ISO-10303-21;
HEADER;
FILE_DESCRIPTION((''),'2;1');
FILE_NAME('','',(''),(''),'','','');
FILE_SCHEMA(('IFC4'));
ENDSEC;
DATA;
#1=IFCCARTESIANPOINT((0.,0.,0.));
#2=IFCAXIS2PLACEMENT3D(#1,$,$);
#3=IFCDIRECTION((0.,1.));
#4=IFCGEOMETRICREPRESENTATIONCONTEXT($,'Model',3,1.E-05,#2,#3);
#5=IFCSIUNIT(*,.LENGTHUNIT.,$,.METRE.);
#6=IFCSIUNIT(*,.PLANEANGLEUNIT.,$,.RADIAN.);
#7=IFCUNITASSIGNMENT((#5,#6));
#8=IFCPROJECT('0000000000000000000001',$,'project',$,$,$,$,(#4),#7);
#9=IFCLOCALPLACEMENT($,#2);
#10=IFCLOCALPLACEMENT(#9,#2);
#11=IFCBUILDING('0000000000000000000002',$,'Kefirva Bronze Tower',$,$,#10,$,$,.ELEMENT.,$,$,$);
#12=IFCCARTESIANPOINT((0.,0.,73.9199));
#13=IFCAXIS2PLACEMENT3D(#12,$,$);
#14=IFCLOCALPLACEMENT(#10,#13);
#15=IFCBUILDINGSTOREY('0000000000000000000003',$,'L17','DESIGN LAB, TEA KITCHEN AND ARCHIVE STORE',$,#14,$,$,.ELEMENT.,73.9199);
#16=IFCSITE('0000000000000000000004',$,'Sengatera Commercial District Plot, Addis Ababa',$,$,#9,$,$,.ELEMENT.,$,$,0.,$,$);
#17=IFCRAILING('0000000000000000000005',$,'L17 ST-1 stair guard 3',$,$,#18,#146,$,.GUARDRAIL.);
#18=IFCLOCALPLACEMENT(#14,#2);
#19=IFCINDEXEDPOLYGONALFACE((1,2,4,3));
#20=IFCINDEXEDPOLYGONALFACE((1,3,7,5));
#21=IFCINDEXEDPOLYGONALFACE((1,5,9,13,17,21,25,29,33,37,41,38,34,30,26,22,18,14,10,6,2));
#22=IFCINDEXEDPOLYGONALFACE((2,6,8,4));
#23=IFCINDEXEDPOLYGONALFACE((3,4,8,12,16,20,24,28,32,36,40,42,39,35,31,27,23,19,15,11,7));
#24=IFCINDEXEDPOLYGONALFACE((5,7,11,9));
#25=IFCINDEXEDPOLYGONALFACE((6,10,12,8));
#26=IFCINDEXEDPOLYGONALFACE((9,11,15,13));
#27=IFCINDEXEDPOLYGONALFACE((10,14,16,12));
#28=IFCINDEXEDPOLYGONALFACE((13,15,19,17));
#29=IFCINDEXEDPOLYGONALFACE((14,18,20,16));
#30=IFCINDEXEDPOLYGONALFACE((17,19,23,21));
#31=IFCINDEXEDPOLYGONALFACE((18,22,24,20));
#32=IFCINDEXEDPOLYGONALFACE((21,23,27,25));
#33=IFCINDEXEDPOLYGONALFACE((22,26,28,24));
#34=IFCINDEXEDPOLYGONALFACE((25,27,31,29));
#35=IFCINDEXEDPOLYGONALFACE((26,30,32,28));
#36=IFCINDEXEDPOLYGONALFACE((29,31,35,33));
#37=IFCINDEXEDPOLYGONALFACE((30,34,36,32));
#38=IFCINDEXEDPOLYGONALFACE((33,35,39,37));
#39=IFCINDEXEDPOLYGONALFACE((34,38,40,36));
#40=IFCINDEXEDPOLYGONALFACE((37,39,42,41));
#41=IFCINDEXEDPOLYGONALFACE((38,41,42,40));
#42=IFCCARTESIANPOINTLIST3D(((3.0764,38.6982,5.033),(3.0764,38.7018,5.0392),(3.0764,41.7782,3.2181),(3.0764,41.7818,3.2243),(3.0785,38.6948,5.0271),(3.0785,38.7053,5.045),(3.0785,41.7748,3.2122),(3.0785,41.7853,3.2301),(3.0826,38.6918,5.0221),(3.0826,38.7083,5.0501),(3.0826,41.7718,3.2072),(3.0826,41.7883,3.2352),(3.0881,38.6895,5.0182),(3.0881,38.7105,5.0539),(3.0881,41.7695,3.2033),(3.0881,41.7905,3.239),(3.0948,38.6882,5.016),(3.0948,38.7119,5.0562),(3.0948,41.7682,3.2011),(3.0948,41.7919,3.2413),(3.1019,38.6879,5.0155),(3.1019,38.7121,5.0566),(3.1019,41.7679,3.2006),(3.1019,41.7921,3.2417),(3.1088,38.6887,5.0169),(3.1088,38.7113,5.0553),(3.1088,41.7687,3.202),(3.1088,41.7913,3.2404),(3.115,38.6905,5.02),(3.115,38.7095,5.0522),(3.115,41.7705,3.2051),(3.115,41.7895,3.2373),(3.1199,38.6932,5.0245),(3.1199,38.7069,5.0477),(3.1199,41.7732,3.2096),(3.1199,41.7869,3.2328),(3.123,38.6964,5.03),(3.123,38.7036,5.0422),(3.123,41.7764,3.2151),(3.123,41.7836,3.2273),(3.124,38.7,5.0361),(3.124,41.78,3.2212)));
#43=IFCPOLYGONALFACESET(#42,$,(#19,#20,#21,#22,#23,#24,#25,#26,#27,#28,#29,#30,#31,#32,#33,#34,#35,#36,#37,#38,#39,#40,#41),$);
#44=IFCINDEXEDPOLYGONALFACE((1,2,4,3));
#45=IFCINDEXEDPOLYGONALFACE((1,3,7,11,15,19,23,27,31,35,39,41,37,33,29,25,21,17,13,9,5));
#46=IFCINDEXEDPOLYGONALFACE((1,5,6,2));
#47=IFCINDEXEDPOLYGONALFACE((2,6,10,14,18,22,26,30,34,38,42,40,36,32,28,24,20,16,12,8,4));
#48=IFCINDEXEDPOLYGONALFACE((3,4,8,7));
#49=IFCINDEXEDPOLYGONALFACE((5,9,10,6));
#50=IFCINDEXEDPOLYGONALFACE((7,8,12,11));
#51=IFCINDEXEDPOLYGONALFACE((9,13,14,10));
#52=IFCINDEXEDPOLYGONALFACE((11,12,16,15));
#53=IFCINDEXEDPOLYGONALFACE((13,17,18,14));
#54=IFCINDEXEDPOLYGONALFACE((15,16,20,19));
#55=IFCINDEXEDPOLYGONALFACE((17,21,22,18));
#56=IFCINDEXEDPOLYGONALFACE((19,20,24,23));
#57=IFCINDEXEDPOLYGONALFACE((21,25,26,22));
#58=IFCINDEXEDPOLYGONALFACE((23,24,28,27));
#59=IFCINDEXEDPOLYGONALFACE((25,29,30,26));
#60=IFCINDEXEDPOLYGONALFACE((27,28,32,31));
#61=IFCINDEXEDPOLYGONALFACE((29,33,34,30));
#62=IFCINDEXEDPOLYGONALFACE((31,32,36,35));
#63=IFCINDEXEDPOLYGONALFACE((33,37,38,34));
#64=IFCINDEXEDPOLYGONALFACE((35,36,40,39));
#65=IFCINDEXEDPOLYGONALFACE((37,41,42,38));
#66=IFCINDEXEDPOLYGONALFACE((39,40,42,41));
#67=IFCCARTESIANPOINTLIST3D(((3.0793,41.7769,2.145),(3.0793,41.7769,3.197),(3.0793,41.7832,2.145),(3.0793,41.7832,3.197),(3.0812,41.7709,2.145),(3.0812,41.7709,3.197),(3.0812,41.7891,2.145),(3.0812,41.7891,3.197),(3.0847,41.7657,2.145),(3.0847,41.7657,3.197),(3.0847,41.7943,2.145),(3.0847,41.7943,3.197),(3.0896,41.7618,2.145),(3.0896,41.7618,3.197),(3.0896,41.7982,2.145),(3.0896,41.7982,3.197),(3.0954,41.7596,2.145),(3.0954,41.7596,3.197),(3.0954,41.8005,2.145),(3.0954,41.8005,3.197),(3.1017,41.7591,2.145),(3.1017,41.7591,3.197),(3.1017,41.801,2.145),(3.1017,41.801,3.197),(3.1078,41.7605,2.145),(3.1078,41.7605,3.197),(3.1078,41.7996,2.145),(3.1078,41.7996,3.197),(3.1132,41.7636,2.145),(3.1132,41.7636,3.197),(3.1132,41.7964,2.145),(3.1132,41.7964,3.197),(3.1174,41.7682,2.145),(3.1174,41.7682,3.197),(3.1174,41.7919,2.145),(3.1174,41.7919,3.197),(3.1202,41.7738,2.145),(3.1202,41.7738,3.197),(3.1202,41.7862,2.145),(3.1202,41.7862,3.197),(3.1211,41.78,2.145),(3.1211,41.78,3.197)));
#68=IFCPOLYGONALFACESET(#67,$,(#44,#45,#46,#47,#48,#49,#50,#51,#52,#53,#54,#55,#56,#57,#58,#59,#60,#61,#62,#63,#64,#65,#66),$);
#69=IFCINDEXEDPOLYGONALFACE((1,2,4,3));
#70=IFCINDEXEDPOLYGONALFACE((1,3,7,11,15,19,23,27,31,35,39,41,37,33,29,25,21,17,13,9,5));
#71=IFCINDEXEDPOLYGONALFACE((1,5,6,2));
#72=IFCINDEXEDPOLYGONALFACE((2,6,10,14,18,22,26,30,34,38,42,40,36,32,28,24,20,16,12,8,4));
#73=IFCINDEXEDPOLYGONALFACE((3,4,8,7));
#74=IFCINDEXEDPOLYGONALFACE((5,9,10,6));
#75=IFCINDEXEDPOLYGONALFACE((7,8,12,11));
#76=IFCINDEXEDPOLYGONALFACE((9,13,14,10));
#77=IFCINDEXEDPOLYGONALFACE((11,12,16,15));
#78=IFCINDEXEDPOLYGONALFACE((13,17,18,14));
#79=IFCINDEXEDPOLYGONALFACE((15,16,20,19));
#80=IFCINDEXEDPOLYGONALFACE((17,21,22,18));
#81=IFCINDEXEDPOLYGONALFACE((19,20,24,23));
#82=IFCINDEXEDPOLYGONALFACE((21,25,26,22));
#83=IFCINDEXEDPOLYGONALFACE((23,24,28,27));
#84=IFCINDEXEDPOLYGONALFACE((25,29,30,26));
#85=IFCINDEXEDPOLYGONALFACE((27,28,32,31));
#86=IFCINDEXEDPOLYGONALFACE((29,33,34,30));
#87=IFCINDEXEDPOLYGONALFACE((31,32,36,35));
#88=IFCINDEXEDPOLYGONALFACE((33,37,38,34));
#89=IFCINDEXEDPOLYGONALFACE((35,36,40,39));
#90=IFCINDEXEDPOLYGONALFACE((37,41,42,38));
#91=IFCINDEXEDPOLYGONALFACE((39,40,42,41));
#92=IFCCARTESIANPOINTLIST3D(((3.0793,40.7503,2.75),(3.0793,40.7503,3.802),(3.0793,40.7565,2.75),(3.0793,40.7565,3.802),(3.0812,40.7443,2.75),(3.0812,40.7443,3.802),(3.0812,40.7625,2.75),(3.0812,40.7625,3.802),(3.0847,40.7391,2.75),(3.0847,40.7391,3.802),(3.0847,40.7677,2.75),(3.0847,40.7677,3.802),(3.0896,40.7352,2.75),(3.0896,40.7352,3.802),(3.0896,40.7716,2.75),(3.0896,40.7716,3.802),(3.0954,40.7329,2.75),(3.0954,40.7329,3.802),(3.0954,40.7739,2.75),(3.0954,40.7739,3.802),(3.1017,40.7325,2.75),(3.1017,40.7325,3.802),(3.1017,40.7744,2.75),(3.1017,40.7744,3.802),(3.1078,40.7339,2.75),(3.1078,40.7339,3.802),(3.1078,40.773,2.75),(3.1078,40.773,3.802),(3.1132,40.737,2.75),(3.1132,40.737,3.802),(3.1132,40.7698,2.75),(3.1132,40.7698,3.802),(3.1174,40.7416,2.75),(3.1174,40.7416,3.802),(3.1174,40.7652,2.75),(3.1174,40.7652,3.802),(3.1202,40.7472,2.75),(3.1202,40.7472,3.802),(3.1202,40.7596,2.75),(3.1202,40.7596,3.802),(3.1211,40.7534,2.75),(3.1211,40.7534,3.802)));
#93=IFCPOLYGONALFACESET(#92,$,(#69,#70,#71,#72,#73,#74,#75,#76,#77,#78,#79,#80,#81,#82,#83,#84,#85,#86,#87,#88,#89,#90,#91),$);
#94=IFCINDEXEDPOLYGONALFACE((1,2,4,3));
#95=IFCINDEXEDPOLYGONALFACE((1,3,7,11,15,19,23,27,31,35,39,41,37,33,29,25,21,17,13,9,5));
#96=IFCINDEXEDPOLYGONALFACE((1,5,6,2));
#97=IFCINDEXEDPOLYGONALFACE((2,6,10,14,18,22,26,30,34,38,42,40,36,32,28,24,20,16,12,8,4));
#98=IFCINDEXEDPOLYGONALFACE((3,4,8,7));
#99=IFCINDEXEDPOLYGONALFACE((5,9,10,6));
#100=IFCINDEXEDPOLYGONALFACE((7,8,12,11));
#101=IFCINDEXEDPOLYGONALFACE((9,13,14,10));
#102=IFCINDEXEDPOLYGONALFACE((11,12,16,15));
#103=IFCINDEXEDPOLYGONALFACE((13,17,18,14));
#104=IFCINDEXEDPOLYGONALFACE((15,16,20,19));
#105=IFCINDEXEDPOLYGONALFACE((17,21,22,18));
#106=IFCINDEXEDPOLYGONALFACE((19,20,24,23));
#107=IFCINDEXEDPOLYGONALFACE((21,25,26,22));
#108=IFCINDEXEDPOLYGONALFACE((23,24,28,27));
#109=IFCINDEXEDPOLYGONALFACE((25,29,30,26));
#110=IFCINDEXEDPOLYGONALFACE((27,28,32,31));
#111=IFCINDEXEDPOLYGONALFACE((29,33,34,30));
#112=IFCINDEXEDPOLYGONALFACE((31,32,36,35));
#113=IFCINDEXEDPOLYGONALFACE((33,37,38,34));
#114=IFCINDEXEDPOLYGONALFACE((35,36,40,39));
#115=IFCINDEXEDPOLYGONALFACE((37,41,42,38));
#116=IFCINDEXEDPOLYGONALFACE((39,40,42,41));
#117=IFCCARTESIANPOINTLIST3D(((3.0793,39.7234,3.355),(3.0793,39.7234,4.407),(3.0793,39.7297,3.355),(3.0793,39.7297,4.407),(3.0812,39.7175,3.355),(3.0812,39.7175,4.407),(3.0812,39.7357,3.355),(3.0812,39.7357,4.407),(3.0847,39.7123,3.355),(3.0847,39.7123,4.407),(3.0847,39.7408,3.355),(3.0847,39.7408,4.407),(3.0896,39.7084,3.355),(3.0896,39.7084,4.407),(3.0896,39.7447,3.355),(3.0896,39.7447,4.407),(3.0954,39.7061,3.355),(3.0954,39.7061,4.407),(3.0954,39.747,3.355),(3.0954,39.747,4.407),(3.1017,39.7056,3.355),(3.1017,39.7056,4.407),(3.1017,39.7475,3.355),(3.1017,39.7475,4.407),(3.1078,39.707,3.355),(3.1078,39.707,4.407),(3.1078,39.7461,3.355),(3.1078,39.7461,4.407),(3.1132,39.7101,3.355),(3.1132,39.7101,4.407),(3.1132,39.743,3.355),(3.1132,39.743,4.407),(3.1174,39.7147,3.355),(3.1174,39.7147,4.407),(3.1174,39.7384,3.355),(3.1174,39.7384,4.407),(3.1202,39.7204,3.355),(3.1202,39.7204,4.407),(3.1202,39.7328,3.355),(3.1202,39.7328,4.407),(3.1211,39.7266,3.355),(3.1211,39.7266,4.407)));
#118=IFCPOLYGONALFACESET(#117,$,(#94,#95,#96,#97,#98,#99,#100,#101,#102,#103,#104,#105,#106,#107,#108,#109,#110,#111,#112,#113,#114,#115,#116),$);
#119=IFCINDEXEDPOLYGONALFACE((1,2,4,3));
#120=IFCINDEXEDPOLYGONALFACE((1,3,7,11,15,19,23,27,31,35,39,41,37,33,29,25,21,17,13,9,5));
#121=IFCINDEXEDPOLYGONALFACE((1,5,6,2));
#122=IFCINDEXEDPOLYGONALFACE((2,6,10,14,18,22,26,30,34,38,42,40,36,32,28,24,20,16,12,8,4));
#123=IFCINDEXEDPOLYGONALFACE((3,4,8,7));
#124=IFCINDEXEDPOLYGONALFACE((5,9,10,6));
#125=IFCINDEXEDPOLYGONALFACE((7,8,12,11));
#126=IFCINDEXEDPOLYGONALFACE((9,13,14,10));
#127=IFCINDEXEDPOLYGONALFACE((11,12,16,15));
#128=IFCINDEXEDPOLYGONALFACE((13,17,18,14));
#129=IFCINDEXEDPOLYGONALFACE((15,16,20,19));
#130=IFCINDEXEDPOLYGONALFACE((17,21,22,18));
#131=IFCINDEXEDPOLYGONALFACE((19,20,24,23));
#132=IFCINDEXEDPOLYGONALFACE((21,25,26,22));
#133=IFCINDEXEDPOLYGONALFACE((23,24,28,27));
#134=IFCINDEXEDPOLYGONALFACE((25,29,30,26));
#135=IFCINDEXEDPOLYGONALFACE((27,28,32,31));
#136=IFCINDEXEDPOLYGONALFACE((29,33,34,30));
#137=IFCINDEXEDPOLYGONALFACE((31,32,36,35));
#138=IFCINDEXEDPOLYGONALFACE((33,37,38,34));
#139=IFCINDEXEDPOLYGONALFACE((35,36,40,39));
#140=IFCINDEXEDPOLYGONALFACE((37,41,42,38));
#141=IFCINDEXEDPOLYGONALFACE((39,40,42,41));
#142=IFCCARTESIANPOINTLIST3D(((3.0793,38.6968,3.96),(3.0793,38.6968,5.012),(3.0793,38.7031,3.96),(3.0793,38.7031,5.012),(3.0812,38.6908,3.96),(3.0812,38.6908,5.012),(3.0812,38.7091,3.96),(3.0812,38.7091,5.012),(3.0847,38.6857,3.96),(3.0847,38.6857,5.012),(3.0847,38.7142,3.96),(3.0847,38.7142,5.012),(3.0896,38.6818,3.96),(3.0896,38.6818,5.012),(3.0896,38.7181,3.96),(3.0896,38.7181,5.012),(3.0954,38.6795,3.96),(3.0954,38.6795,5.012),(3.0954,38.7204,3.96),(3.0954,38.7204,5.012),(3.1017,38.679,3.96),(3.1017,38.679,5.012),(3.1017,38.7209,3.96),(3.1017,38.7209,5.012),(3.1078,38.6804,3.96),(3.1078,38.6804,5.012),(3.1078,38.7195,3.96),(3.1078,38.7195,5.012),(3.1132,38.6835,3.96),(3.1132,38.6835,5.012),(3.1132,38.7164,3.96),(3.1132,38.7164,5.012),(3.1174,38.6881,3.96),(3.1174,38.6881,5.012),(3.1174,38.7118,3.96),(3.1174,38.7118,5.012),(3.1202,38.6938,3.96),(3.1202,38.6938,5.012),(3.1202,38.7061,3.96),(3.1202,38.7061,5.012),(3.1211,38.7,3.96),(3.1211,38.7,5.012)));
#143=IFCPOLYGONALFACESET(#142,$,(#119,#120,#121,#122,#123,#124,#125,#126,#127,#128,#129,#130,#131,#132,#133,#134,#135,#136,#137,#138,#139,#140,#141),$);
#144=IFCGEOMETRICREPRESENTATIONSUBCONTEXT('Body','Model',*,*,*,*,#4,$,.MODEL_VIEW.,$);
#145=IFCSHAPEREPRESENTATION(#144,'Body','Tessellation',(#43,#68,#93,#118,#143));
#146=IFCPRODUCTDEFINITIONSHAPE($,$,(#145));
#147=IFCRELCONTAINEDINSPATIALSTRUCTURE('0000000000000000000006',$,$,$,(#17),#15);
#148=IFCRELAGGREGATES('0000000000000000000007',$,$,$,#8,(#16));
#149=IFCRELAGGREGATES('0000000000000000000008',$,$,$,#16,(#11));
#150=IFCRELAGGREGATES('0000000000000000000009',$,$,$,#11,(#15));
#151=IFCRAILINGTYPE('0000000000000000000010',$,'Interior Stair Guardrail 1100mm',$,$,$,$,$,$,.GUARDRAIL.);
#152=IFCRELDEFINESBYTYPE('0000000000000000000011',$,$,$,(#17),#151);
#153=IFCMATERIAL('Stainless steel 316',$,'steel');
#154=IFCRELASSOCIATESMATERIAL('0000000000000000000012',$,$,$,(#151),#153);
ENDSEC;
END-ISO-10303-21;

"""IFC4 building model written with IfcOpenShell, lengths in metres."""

from ifc_helpers import new_model, si_unit, direction, frame, origin, origin_2d, place, context, subcontext, project, spatial, circle, extrude, material, type_object, element, save


model = new_model("IFC4")

# Units and contexts
model_context = context("Model", 3, precision=1e-05, world=origin(), true_north=direction((0.0, 1.0)))
body_context = subcontext(model_context, "Body", "Model", "MODEL_VIEW")
ifc_project = project(units=[si_unit("LENGTHUNIT", "METRE"), si_unit("PLANEANGLEUNIT", "RADIAN")], contexts=[model_context])

# Site, building, storey
site_placement = place(None, origin())
site = spatial("IfcSite", under=ifc_project, at=site_placement, Name="Sengatera Commercial District Plot, Addis Ababa", CompositionType="ELEMENT", RefElevation=0.0)
building_placement = place(site_placement, origin())
building = spatial("IfcBuilding", under=site, at=building_placement, Name="Kefirva Bronze Tower", CompositionType="ELEMENT")
storey_placement = place(building_placement, frame((0.0, 0.0, 73.9199)))
storey = spatial("IfcBuildingStorey", under=building, at=storey_placement, Name="L17", Description="DESIGN LAB, TEA KITCHEN AND ARCHIVE STORE", CompositionType="ELEMENT", Elevation=73.9199)

# Railing
ifc_material_1 = material(Name="Stainless steel 316", Category="steel")
railing_type_1 = type_object("IfcRailingType", Name="Interior Stair Guardrail 1100mm", PredefinedType="GUARDRAIL", material=ifc_material_1)
railing_1_placement = place(storey_placement, frame((3.1001, 41.78, 2.145)))
element("IfcRailing", 1, at=railing_1_placement, inside=storey, type_object=railing_type_1, Name="L17 ST-1 stair guard 3", PredefinedType="GUARDRAIL", context=body_context, shape_type="SweptSolid", body=[
    extrude(circle(Radius=0.0239, at=origin_2d()), frame((0.0, 0.0, 1.0762), z_axis=(0.0, -0.861551, 0.507671), x_axis=(1.0, 0.0, 0.0)), (0.0, 0.0, 1.0), 3.575),
    extrude(circle(Radius=0.021, at=origin_2d()), origin(), (0.0, 0.0, 1.0), 1.052),
    extrude(circle(Radius=0.021, at=origin_2d()), frame((0.0, -1.0266, 0.605)), (0.0, 0.0, 1.0), 1.052),
    extrude(circle(Radius=0.021, at=origin_2d()), frame((0.0, -2.0535, 1.21)), (0.0, 0.0, 1.0), 1.052),
    extrude(circle(Radius=0.021, at=origin_2d()), frame((0.0, -3.0801, 1.8149)), (0.0, 0.0, 1.0), 1.052),
])

save(model, "model.ifc")
